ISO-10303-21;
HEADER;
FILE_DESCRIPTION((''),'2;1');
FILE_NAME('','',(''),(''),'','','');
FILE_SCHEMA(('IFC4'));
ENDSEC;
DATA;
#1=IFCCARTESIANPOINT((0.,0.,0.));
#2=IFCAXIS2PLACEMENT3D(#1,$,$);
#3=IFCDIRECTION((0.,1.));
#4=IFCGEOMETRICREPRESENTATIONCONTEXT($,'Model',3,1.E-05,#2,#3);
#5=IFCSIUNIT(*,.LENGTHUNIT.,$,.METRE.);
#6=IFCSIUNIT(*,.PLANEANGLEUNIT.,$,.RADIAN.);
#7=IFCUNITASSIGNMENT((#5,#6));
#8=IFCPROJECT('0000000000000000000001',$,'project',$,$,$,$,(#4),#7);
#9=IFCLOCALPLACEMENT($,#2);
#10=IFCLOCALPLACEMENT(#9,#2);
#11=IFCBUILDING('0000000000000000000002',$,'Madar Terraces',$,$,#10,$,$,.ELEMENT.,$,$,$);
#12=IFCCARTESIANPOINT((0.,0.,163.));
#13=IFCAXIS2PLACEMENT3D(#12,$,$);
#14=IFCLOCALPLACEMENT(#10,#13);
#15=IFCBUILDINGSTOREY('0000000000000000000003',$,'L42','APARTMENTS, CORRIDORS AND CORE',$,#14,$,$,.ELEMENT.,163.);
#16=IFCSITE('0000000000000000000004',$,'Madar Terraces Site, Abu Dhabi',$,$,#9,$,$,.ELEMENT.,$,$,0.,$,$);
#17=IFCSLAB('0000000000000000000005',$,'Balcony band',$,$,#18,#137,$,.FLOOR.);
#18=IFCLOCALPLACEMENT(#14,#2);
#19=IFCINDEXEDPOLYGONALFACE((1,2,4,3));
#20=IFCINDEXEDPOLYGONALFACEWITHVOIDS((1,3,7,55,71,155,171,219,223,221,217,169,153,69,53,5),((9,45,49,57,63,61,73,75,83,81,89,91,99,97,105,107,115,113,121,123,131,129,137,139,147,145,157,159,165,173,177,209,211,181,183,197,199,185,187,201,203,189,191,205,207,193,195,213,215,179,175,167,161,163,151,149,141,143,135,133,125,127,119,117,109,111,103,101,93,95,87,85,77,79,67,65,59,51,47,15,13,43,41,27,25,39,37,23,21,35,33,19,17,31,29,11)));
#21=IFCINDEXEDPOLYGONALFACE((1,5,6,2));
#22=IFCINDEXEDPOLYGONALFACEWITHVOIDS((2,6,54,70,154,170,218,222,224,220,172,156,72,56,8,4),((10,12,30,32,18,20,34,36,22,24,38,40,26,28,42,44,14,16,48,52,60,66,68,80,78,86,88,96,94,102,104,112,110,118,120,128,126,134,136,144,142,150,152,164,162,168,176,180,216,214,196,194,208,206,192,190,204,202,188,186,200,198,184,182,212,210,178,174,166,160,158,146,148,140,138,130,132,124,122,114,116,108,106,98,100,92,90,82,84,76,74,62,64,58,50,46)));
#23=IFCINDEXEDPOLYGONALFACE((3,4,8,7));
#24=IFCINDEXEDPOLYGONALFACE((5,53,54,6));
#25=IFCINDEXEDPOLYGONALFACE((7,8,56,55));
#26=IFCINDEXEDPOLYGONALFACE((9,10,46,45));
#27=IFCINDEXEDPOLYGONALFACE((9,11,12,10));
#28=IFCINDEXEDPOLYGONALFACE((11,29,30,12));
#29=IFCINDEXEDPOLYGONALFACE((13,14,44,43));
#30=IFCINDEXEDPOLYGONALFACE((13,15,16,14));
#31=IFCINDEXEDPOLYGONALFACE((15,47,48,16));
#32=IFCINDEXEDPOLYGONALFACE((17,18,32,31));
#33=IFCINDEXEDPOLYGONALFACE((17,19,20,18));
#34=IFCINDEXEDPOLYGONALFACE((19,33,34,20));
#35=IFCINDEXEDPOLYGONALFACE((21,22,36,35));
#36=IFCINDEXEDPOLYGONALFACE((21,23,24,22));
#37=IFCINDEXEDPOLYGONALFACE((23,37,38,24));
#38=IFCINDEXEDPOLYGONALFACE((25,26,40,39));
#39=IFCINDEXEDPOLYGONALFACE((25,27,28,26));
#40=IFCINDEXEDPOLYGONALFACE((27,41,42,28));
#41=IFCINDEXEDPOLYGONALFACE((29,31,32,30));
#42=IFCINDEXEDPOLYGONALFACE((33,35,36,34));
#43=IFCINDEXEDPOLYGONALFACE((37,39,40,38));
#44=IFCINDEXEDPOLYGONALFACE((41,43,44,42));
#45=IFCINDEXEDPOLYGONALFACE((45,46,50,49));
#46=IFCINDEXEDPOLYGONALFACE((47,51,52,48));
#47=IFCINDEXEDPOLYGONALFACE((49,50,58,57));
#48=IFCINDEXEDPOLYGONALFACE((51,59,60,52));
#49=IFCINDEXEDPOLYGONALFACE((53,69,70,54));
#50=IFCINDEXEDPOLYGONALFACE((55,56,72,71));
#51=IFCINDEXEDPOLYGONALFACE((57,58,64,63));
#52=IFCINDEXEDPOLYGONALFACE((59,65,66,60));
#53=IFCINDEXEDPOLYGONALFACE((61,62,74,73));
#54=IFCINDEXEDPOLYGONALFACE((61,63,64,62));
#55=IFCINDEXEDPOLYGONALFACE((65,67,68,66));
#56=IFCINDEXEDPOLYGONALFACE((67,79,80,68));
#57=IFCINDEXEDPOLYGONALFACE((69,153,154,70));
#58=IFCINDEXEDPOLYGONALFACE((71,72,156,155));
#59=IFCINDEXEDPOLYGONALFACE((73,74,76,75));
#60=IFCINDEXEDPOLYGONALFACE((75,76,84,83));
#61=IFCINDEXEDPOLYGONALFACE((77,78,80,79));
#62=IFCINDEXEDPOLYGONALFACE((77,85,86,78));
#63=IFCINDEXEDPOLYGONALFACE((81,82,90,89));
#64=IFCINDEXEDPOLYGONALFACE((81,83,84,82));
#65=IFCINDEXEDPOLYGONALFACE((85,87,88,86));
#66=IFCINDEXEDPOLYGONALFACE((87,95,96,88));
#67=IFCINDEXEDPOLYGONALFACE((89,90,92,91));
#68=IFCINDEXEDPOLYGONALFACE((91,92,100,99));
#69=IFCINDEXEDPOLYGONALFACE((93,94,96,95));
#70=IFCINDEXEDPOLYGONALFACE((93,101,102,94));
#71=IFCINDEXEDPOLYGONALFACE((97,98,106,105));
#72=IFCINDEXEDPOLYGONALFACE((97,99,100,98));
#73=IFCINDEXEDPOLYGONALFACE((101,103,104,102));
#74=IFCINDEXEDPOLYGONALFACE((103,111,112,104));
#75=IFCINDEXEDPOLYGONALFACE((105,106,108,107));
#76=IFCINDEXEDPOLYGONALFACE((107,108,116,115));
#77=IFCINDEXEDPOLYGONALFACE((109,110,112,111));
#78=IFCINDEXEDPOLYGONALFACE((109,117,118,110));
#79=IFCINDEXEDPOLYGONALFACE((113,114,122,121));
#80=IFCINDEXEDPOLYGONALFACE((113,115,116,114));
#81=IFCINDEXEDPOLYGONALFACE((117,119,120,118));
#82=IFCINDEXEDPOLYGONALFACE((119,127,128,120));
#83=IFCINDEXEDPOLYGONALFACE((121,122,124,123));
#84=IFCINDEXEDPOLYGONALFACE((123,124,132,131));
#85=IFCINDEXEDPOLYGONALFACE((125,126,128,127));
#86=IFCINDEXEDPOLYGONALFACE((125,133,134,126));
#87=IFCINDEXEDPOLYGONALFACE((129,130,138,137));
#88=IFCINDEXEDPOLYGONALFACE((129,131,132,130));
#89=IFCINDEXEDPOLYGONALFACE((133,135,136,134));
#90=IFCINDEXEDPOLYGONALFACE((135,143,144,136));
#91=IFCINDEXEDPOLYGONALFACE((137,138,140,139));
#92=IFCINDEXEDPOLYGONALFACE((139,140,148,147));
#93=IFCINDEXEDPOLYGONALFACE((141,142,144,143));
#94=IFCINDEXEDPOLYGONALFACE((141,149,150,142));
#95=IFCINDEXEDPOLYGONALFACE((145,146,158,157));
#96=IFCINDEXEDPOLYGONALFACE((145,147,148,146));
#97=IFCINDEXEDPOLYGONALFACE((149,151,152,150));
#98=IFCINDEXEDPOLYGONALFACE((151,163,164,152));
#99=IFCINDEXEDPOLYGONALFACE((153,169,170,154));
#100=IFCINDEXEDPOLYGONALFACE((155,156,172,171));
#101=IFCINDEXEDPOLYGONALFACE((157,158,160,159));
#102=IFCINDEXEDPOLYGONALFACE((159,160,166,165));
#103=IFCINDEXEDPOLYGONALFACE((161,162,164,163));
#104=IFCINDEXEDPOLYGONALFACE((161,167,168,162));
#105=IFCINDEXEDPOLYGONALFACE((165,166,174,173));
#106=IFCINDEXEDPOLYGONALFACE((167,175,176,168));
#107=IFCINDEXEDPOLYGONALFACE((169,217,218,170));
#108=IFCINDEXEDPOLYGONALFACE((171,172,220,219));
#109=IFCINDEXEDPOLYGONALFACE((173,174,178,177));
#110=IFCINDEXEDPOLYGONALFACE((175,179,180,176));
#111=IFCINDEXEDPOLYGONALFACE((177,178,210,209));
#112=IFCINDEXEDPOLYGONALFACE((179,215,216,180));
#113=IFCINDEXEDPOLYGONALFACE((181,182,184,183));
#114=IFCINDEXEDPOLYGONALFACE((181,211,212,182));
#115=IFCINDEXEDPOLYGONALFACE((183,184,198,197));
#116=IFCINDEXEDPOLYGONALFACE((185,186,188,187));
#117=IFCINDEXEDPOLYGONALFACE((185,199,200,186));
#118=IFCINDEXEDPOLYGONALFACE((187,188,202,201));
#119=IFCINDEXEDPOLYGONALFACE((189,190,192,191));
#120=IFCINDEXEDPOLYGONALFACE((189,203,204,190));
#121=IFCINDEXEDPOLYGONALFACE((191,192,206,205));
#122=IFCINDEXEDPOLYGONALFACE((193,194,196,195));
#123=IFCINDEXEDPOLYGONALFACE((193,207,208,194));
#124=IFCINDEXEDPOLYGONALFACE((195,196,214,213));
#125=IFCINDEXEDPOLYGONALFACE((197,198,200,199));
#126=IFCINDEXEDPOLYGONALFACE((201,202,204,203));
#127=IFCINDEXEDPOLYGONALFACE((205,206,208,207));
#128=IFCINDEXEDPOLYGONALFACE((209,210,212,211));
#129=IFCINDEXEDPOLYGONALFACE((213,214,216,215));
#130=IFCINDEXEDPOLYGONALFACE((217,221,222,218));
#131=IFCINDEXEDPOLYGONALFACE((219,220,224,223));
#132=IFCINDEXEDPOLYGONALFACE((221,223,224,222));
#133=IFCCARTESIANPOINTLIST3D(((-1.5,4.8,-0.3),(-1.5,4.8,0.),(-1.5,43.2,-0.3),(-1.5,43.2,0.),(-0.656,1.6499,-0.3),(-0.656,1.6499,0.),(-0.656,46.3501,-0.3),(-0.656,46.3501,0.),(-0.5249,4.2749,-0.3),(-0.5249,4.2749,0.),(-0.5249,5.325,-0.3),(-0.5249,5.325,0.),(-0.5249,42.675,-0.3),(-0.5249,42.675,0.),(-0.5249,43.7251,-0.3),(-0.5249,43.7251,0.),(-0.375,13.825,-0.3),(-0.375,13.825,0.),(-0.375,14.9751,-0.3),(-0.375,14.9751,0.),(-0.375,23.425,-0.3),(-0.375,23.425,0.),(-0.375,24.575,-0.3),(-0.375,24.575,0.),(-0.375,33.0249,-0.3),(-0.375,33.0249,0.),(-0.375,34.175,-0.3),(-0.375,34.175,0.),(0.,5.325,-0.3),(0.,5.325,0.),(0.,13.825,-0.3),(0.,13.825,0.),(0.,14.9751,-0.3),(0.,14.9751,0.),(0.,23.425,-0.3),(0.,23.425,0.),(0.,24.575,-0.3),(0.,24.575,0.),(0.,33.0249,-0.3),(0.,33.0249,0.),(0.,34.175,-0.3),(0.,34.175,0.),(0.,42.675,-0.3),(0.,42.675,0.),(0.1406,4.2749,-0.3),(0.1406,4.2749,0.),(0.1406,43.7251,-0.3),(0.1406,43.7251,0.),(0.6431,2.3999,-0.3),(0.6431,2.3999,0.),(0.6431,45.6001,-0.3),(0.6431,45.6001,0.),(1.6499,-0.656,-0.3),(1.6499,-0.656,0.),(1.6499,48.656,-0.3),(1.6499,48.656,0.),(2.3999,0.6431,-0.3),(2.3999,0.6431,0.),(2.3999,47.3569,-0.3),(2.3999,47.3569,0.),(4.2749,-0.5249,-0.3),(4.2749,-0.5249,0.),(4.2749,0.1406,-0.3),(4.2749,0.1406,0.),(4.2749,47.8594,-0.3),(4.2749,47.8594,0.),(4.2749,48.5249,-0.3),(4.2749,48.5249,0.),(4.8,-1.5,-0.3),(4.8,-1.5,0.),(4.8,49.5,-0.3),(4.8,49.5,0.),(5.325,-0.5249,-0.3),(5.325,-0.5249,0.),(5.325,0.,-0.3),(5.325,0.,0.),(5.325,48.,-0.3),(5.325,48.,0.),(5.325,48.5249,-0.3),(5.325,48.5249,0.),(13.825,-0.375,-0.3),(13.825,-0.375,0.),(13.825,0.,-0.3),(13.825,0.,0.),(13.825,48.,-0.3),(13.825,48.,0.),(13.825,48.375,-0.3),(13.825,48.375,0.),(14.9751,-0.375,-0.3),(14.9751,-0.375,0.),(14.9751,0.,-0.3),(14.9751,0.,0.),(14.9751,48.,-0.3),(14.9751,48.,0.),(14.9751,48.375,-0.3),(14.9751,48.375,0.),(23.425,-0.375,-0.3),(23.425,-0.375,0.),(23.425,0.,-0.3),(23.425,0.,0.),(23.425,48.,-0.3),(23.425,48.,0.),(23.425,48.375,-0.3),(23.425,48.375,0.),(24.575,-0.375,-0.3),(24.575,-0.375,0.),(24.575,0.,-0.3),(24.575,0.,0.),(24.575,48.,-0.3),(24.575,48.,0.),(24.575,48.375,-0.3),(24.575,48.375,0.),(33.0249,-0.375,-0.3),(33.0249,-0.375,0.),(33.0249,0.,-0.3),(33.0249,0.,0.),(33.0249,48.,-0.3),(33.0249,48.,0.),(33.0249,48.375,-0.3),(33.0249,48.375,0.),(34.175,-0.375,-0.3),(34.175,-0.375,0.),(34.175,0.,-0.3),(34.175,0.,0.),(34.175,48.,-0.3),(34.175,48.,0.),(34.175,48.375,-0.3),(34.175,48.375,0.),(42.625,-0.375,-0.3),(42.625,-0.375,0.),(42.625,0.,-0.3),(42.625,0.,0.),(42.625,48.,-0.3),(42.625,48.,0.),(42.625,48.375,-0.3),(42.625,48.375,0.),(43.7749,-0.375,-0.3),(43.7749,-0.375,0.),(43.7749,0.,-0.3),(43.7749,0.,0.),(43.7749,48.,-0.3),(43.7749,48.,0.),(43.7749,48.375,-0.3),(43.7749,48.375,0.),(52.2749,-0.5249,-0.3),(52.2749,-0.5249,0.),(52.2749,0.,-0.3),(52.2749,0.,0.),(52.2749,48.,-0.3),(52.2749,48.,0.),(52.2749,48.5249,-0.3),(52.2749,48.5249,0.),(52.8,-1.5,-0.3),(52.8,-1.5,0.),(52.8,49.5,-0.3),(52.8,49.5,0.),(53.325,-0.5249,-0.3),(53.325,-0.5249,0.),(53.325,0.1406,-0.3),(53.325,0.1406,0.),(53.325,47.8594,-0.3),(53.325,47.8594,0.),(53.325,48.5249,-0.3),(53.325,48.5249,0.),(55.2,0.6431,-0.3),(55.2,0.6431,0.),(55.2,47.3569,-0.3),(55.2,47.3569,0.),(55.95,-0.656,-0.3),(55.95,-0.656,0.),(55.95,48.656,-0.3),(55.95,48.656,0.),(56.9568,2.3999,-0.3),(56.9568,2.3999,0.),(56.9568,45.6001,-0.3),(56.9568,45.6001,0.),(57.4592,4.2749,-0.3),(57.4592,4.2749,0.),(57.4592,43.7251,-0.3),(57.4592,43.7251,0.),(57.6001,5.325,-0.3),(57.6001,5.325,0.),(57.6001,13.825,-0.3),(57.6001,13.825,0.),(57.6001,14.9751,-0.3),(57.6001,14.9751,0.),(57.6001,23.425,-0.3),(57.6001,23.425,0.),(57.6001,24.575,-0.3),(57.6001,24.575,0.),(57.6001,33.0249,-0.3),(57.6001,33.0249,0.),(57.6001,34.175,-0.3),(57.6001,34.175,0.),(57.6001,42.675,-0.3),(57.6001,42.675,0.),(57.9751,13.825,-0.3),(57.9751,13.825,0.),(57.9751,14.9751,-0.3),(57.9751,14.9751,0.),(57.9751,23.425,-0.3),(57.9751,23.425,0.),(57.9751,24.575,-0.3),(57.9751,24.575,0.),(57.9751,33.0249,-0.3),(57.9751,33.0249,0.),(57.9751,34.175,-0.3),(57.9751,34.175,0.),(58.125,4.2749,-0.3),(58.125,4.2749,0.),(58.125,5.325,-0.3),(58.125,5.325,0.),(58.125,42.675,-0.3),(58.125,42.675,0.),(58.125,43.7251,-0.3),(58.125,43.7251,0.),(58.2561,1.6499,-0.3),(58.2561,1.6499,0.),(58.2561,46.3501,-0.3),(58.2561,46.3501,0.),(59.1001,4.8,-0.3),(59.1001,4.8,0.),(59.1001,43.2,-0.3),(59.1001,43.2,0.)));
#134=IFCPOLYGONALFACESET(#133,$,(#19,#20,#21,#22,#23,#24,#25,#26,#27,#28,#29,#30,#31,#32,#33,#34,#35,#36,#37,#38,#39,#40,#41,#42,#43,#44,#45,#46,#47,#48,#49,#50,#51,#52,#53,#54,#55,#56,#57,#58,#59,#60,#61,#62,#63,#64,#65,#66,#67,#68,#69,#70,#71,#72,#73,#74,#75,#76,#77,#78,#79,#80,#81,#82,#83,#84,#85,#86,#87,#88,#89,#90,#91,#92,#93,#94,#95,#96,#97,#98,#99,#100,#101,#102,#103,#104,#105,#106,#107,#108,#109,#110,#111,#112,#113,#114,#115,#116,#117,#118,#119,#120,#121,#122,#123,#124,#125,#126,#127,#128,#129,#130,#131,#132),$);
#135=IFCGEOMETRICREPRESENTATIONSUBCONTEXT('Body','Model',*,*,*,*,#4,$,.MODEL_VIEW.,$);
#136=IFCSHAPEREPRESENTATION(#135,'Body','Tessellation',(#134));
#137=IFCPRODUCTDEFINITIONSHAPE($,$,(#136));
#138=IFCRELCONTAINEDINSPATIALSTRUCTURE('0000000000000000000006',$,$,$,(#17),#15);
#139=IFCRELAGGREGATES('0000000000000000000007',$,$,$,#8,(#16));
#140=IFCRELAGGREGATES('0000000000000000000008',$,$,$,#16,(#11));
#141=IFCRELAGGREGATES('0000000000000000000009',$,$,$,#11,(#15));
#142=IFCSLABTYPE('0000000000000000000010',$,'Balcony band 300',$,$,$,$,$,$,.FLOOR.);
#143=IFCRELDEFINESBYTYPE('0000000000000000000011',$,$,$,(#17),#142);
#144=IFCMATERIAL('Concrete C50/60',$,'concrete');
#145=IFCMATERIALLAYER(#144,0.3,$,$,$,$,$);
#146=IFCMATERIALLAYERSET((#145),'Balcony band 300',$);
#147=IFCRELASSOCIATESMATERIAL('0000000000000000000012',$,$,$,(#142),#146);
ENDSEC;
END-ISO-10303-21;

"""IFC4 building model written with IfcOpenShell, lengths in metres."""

from ifc_helpers import new_model, si_unit, direction, frame, origin, place, context, subcontext, project, spatial, polyline, outline, extrude, material, layer, layer_set, type_object, element, save


model = new_model("IFC4")

# Units and contexts
model_context = context("Model", 3, precision=1e-05, world=origin(), true_north=direction((0.0, 1.0)))
body_context = subcontext(model_context, "Body", "Model", "MODEL_VIEW")
ifc_project = project(units=[si_unit("LENGTHUNIT", "METRE"), si_unit("PLANEANGLEUNIT", "RADIAN")], contexts=[model_context])

# Site, building, storey
site_placement = place(None, origin())
site = spatial("IfcSite", under=ifc_project, at=site_placement, Name="Madar Terraces Site, Abu Dhabi", CompositionType="ELEMENT", RefElevation=0.0)
building_placement = place(site_placement, origin())
building = spatial("IfcBuilding", under=site, at=building_placement, Name="Madar Terraces", CompositionType="ELEMENT")
storey_placement = place(building_placement, frame((0.0, 0.0, 163.0)))
storey = spatial("IfcBuildingStorey", under=building, at=storey_placement, Name="L42", Description="APARTMENTS, CORRIDORS AND CORE", CompositionType="ELEMENT", Elevation=163.0)

# Slab
ifc_material_1 = material(Name="Concrete C50/60", Category="concrete")
ifc_layer_1 = layer(ifc_material_1, 0.3)
ifc_layer_set_1 = layer_set([ifc_layer_1], Name="Balcony band 300")
slab_type_1 = type_object("IfcSlabType", Name="Balcony band 300", PredefinedType="FLOOR", material=ifc_layer_set_1)
slab_1_placement = place(storey_placement, frame((0.0, 0.0, -0.3)))
element("IfcSlab", 1, at=slab_1_placement, inside=storey, type_object=slab_type_1, Name="Balcony band", PredefinedType="FLOOR", context=body_context, shape_type="SweptSolid", body=[
    extrude(outline(polyline([(4.8, -1.5), (1.6499, -0.656), (-0.656, 1.6499), (-1.5, 4.8), (-1.5, 43.2), (-0.656, 46.3501), (1.6499, 48.656), (4.8, 49.5), (52.8, 49.5), (55.95, 48.656), (58.2561, 46.3501), (59.1001, 43.2), (59.1001, 4.8), (58.2561, 1.6499), (55.95, -0.656), (52.8, -1.5), (4.8, -1.5)]), holes=[polyline([(5.325, -0.5249), (5.325, 0.0), (13.825, 0.0), (13.825, -0.375), (14.9751, -0.375), (14.9751, 0.0), (23.425, 0.0), (23.425, -0.375), (24.575, -0.375), (24.575, 0.0), (33.0249, 0.0), (33.0249, -0.375), (34.175, -0.375), (34.175, 0.0), (42.625, 0.0), (42.625, -0.375), (43.7749, -0.375), (43.7749, 0.0), (52.2749, 0.0), (52.2749, -0.5249), (53.325, -0.5249), (53.325, 0.1406), (55.2, 0.6431), (56.9568, 2.3999), (57.4592, 4.2749), (58.125, 4.2749), (58.125, 5.325), (57.6001, 5.325), (57.6001, 13.825), (57.9751, 13.825), (57.9751, 14.9751), (57.6001, 14.9751), (57.6001, 23.425), (57.9751, 23.425), (57.9751, 24.575), (57.6001, 24.575), (57.6001, 33.0249), (57.9751, 33.0249), (57.9751, 34.175), (57.6001, 34.175), (57.6001, 42.675), (58.125, 42.675), (58.125, 43.7251), (57.4592, 43.7251), (56.9568, 45.6001), (55.2, 47.3569), (53.325, 47.8594), (53.325, 48.5249), (52.2749, 48.5249), (52.2749, 48.0), (43.7749, 48.0), (43.7749, 48.375), (42.625, 48.375), (42.625, 48.0), (34.175, 48.0), (34.175, 48.375), (33.0249, 48.375), (33.0249, 48.0), (24.575, 48.0), (24.575, 48.375), (23.425, 48.375), (23.425, 48.0), (14.9751, 48.0), (14.9751, 48.375), (13.825, 48.375), (13.825, 48.0), (5.325, 48.0), (5.325, 48.5249), (4.2749, 48.5249), (4.2749, 47.8594), (2.3999, 47.3569), (0.6431, 45.6001), (0.1406, 43.7251), (-0.5249, 43.7251), (-0.5249, 42.675), (0.0, 42.675), (0.0, 34.175), (-0.375, 34.175), (-0.375, 33.0249), (0.0, 33.0249), (0.0, 24.575), (-0.375, 24.575), (-0.375, 23.425), (0.0, 23.425), (0.0, 14.9751), (-0.375, 14.9751), (-0.375, 13.825), (0.0, 13.825), (0.0, 5.325), (-0.5249, 5.325), (-0.5249, 4.2749), (0.1406, 4.2749), (0.6431, 2.3999), (2.3999, 0.6431), (4.2749, 0.1406), (4.2749, -0.5249), (5.325, -0.5249)])]), origin(), (0.0, 0.0, 1.0), 0.3),
])

save(model, "model.ifc")
